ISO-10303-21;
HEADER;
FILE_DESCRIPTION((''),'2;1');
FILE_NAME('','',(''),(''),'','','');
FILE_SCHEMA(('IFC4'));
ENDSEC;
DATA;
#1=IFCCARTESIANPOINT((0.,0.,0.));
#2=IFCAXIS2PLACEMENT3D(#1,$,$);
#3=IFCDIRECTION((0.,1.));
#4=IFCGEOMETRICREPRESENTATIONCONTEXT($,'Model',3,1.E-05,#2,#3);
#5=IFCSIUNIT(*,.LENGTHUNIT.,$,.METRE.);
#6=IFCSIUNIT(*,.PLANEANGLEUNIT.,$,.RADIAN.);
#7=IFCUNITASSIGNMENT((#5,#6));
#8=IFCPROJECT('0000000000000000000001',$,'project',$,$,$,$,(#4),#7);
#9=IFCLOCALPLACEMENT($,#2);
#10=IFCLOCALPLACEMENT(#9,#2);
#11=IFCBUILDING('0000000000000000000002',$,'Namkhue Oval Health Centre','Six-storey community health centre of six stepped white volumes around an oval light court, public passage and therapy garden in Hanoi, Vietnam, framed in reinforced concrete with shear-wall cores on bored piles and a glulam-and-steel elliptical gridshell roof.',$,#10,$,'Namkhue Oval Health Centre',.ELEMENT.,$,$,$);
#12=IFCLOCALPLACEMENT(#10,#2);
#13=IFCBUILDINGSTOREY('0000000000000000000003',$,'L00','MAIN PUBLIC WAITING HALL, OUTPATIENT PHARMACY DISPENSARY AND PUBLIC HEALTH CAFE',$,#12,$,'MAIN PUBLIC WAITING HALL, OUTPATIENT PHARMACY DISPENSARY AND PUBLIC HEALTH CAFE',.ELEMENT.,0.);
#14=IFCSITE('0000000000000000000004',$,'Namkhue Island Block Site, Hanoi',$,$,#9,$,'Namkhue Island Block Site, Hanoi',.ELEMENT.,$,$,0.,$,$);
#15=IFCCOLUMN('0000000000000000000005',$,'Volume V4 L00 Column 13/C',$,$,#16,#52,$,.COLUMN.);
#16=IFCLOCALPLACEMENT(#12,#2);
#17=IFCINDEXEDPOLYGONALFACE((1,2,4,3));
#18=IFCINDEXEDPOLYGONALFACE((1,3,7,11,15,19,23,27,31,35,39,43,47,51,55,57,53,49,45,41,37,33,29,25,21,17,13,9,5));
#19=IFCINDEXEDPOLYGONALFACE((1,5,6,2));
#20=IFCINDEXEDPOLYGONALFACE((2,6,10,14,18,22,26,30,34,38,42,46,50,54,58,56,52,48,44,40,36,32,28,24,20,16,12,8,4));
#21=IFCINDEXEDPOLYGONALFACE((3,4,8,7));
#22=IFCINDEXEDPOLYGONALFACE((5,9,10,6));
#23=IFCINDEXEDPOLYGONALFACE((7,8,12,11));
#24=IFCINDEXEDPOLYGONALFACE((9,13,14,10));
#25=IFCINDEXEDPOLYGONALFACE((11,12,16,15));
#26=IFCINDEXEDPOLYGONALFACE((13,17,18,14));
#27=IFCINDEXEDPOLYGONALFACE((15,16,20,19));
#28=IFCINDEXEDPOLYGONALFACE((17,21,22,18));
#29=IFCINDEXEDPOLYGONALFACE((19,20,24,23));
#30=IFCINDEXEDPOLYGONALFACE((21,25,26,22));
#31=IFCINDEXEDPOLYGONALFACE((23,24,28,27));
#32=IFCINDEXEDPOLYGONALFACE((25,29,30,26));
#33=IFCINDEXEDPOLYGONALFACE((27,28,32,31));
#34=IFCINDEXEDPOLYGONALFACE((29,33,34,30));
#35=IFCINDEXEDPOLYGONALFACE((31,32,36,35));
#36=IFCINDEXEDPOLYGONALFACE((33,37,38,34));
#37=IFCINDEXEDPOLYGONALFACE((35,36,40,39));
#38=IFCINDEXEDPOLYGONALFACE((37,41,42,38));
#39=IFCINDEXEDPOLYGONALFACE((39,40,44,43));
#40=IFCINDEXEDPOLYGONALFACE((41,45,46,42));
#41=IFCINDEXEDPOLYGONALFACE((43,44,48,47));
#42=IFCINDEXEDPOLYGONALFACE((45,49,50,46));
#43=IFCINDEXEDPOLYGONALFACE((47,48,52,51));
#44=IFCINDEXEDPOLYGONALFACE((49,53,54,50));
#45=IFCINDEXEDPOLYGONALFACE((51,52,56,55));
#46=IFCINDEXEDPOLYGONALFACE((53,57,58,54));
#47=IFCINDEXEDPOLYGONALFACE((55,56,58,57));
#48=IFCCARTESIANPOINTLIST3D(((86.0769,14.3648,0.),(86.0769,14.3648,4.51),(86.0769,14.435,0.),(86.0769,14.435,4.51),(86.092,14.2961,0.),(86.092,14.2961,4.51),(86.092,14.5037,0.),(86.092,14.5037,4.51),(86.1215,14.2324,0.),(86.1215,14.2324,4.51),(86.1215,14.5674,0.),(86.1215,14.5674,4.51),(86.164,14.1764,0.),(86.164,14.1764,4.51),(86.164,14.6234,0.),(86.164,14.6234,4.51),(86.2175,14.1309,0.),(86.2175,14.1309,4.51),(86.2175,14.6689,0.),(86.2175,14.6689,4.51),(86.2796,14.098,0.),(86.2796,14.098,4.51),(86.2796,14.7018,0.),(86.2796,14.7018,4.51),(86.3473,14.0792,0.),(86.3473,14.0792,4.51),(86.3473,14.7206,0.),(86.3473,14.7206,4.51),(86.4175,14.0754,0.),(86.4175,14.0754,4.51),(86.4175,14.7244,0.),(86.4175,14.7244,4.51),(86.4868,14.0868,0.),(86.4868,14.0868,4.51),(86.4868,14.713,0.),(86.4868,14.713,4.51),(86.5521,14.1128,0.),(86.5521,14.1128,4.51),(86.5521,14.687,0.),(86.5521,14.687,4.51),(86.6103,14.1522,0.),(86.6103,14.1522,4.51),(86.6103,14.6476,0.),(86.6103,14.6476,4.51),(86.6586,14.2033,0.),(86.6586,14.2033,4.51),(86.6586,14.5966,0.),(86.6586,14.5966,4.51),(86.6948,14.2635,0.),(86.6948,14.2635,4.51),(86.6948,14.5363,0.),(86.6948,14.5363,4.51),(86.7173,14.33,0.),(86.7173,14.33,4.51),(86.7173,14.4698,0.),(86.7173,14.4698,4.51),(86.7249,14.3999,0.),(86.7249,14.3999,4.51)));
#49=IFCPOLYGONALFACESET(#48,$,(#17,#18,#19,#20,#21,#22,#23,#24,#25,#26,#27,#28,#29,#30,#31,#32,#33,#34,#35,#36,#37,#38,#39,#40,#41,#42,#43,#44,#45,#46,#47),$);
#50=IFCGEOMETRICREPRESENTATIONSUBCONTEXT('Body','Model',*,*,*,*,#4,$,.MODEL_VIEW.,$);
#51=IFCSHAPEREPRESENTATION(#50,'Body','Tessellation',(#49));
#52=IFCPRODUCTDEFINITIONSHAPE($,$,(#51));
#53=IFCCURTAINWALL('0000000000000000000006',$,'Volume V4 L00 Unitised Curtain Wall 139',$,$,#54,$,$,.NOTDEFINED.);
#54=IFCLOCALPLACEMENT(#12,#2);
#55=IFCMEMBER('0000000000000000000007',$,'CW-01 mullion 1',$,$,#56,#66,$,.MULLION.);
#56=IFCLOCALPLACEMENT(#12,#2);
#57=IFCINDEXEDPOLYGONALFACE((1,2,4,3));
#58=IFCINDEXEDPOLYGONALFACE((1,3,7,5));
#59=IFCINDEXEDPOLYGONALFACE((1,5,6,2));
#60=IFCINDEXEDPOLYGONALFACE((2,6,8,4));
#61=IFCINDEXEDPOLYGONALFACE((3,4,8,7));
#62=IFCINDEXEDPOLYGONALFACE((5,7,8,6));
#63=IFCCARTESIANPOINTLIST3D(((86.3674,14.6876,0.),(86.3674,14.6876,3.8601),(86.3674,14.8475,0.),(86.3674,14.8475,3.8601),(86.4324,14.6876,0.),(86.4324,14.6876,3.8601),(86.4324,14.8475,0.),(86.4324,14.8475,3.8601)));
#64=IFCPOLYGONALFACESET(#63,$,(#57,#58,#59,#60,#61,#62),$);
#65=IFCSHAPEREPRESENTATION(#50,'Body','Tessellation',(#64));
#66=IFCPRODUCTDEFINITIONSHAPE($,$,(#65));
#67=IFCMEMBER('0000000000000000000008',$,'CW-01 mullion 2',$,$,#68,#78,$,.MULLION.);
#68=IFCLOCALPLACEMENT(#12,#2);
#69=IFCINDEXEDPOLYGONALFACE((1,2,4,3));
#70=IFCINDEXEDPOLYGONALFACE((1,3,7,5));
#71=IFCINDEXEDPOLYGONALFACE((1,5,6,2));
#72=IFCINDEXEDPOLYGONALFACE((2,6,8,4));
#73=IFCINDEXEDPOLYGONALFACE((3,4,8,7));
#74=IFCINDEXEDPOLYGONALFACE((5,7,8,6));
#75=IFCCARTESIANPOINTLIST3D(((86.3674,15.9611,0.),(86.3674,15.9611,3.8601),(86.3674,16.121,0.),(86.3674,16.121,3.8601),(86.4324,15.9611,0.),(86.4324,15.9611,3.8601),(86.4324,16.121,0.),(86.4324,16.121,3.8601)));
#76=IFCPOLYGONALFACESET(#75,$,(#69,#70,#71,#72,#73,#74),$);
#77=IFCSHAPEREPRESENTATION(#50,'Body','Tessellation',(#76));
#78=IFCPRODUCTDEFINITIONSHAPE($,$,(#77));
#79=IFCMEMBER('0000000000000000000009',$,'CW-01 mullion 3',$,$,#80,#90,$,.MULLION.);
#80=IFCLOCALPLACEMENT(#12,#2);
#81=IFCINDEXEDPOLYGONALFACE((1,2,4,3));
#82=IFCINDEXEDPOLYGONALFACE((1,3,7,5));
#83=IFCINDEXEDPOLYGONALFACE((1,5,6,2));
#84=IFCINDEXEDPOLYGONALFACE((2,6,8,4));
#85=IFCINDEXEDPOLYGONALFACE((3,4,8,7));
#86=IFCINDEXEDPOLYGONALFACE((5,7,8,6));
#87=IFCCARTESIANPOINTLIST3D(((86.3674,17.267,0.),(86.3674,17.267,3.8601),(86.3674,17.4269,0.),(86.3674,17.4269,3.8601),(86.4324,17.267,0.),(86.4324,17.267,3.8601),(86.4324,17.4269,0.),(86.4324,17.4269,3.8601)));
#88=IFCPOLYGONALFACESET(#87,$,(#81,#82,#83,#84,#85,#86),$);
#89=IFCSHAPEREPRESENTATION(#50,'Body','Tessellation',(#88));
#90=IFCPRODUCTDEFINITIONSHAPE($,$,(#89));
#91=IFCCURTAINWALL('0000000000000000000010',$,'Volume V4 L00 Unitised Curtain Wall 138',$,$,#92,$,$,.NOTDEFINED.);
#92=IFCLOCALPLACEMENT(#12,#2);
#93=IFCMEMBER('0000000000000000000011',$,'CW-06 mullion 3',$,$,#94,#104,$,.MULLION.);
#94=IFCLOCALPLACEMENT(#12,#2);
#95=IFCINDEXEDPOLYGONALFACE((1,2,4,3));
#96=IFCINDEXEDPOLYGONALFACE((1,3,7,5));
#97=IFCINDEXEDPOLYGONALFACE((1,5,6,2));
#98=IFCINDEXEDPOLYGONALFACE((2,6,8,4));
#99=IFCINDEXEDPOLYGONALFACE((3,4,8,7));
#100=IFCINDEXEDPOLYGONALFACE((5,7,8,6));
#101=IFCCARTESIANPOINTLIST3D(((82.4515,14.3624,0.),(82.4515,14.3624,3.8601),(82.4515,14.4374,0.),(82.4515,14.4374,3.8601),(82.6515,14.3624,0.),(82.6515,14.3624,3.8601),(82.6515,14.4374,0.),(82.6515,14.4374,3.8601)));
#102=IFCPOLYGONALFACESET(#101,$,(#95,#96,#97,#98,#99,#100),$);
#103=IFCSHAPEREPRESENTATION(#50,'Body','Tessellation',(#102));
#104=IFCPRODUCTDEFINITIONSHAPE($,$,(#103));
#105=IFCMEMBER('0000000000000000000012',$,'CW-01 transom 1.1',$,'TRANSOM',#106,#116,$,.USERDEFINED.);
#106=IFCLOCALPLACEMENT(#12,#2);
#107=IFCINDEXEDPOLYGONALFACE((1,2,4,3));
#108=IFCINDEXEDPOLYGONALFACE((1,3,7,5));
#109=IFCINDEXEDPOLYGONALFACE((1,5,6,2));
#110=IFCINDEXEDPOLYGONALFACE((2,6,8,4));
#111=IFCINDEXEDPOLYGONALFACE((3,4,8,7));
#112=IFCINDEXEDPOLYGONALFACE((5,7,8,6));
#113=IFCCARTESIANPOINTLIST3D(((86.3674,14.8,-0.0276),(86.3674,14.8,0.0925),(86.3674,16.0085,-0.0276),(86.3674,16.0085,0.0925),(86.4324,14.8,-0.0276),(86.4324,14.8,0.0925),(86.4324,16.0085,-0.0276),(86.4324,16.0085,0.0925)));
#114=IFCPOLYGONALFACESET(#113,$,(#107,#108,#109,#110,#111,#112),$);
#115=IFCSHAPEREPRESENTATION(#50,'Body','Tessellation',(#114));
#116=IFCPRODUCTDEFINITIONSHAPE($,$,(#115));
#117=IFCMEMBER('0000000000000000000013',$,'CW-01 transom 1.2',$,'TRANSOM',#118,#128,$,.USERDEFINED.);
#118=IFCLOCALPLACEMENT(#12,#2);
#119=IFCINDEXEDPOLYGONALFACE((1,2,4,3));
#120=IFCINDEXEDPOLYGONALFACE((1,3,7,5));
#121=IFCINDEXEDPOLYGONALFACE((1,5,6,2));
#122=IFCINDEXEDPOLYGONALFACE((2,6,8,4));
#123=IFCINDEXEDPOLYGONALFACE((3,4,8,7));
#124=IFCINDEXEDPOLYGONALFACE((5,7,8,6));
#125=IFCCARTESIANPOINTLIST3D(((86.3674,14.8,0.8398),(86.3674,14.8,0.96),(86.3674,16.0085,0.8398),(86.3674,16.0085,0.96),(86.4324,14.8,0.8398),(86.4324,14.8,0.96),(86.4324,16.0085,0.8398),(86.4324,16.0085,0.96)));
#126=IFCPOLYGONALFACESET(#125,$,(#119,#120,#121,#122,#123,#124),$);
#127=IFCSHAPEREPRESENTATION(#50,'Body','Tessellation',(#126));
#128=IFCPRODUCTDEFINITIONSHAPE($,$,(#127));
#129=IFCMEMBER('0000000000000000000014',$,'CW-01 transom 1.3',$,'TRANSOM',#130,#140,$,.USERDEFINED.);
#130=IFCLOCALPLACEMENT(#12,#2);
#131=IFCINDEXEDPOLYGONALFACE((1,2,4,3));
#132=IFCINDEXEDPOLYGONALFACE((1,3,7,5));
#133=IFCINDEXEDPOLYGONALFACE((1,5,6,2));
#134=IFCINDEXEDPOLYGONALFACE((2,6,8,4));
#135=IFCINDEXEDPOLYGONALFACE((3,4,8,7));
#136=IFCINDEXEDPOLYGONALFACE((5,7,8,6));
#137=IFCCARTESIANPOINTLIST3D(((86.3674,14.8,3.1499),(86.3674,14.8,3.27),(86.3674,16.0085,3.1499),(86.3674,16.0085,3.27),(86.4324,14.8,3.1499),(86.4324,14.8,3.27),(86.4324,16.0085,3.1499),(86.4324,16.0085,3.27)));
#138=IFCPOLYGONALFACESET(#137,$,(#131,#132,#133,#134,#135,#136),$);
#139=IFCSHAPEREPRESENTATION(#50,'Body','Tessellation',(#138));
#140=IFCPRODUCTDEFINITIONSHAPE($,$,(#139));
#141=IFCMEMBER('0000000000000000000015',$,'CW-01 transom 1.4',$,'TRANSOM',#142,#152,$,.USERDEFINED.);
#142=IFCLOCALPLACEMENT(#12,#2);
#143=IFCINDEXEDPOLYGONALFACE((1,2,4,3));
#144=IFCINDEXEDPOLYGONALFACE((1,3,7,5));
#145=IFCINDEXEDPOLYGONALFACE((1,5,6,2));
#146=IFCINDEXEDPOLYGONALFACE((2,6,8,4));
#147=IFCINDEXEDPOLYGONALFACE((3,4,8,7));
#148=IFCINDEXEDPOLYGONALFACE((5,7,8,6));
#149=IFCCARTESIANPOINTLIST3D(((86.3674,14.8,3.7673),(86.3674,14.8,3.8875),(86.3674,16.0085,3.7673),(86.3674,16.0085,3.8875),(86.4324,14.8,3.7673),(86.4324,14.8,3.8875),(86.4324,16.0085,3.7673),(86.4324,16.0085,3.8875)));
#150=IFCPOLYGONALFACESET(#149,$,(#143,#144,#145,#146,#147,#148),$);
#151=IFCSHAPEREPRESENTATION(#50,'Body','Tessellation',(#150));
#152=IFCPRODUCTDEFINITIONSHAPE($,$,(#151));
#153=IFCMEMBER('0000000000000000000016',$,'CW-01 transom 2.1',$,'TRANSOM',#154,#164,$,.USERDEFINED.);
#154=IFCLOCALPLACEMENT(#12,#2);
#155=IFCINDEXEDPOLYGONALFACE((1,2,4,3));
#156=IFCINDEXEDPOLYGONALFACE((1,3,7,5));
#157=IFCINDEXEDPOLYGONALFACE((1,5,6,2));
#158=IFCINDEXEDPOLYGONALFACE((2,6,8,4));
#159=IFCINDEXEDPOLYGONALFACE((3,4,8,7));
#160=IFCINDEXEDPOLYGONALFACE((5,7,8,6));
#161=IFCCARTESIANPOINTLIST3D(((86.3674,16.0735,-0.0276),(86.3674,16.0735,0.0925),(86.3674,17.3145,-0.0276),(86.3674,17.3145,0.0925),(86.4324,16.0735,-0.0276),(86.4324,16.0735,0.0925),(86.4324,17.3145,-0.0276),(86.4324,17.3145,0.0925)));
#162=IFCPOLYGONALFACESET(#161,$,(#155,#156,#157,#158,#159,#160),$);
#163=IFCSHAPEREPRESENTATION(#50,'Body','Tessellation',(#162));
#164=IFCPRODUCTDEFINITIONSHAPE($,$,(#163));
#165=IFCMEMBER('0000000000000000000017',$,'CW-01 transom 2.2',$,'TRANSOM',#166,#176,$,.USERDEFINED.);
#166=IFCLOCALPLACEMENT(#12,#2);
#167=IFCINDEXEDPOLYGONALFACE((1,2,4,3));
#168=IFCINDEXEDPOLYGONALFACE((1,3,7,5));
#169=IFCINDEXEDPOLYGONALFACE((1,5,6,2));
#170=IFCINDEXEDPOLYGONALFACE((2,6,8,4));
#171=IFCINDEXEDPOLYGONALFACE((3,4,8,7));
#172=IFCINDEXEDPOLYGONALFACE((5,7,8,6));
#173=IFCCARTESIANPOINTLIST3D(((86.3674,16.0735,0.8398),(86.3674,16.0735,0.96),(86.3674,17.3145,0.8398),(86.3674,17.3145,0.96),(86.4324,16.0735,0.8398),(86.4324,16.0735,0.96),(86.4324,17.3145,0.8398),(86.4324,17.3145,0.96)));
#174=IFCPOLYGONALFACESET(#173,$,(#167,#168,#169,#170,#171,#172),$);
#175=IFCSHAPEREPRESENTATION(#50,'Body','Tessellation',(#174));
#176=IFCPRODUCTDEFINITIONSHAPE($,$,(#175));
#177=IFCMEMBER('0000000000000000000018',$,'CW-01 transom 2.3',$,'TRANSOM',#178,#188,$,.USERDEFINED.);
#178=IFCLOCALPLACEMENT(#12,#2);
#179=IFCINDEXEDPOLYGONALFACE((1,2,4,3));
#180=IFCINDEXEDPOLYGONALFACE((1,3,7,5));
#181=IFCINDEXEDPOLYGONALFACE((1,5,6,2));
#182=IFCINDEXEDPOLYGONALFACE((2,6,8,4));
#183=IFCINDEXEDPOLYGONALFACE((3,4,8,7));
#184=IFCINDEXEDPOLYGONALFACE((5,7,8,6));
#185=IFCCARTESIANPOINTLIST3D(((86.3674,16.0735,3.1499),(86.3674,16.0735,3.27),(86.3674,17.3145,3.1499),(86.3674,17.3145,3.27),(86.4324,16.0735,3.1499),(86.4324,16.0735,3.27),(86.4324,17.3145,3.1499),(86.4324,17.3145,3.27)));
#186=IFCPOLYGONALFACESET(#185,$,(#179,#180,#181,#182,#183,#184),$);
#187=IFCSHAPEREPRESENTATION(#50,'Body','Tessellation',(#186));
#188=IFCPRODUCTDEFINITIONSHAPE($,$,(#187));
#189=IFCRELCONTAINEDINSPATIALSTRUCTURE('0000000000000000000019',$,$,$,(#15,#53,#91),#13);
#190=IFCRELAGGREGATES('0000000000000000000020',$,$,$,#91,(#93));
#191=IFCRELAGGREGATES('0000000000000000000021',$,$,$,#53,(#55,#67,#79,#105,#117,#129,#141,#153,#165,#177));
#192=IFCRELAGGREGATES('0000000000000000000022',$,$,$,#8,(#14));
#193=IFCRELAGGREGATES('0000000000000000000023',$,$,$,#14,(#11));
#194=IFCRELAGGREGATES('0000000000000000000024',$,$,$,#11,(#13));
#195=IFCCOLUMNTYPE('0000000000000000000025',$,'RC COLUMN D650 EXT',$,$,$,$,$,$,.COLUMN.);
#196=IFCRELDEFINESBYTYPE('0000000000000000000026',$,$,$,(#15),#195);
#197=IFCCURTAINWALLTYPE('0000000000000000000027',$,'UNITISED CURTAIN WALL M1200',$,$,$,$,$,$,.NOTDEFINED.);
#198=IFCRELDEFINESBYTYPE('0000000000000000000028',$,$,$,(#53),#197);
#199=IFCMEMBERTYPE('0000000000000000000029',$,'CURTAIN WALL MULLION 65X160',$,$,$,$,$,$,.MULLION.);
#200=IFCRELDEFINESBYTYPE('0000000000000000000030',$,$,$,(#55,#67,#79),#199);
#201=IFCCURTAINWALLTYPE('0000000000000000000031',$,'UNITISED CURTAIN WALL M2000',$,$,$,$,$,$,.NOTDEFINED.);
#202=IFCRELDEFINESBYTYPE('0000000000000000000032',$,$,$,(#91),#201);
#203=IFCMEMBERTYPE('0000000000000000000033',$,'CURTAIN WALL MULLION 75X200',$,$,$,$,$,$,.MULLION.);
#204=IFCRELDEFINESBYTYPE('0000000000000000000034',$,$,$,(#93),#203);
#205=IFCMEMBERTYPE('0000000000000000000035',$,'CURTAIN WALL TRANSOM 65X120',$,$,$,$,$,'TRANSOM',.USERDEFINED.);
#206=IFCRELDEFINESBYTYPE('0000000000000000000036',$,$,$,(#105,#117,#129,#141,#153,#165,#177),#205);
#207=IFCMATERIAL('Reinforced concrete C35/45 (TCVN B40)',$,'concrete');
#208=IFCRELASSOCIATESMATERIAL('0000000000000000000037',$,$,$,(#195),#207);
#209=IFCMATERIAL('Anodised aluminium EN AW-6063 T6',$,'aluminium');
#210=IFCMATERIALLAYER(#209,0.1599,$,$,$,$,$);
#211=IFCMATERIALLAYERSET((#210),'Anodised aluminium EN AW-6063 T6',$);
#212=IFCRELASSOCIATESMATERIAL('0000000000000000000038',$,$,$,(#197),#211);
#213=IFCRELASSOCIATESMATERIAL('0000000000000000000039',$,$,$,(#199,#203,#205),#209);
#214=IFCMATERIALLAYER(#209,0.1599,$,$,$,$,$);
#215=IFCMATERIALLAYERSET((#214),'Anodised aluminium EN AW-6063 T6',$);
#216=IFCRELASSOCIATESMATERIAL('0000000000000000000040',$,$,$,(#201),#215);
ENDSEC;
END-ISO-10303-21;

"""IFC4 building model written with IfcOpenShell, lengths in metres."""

from ifc_helpers import new_model, si_unit, direction, frame, origin, origin_2d, place, context, subcontext, project, spatial, rectangle, circle, extrude, material, layer, layer_set, material_profile, profile_set, type_object, element, aggregate, save


model = new_model("IFC4")

# Units and contexts
model_context = context("Model", 3, precision=1e-05, world=origin(), true_north=direction((0.0, 1.0)))
body_context = subcontext(model_context, "Body", "Model", "MODEL_VIEW")
ifc_project = project(units=[si_unit("LENGTHUNIT", "METRE"), si_unit("PLANEANGLEUNIT", "RADIAN")], contexts=[model_context])

# Site, building, storey
site_placement = place(None, origin())
site = spatial("IfcSite", under=ifc_project, at=site_placement, Name="Namkhue Island Block Site, Hanoi", LongName="Namkhue Island Block Site, Hanoi", CompositionType="ELEMENT", RefElevation=0.0)
building_placement = place(site_placement, origin())
building = spatial("IfcBuilding", under=site, at=building_placement, Name="Namkhue Oval Health Centre", Description="Six-storey community health centre of six stepped white volumes around an oval light court, public passage and therapy garden in Hanoi, Vietnam, framed in reinforced concrete with shear-wall cores on bored piles and a glulam-and-steel elliptical gridshell roof.", LongName="Namkhue Oval Health Centre", CompositionType="ELEMENT")
storey_placement = place(building_placement, origin())
storey = spatial("IfcBuildingStorey", under=building, at=storey_placement, Name="L00", Description="MAIN PUBLIC WAITING HALL, OUTPATIENT PHARMACY DISPENSARY AND PUBLIC HEALTH CAFE", LongName="MAIN PUBLIC WAITING HALL, OUTPATIENT PHARMACY DISPENSARY AND PUBLIC HEALTH CAFE", CompositionType="ELEMENT", Elevation=0.0)

# Column
ifc_material_1 = material(Name="Reinforced concrete C35/45 (TCVN B40)", Category="concrete")
ifc_material_profile_1 = material_profile(ifc_material_1, circle(Radius=0.325, at=origin_2d()), Name="RC D650")
ifc_profile_set_1 = profile_set([ifc_material_profile_1], Name="Reinforced concrete C35/45 (TCVN B40)")
column_type_1 = type_object("IfcColumnType", Name="RC COLUMN D650 EXT", PredefinedType="COLUMN", material=ifc_profile_set_1)
column_1_placement = place(storey_placement, frame((86.3999, 14.3999, 0.0), z_axis=(0.0, 0.0, 1.0), x_axis=(1.0, 0.0, 0.0)))
element("IfcColumn", 1, at=column_1_placement, inside=storey, type_object=column_type_1, Name="Volume V4 L00 Column 13/C", PredefinedType="COLUMN", context=body_context, shape_type="SweptSolid", body=[
    extrude(circle(Radius=0.325, at=origin_2d()), origin(), (0.0, 0.0, 1.0), 4.51),
])

# Curtain wall, members
ifc_material_2 = material(Name="Anodised aluminium EN AW-6063 T6", Category="aluminium")
ifc_layer_1 = layer(ifc_material_2, 0.1599)
ifc_layer_set_1 = layer_set([ifc_layer_1], Name="Anodised aluminium EN AW-6063 T6")
curtain_wall_type_1 = type_object("IfcCurtainWallType", Name="UNITISED CURTAIN WALL M1200", PredefinedType="NOTDEFINED", material=ifc_layer_set_1)
curtain_wall_1_placement = place(storey_placement, origin())
curtain_wall_1 = element("IfcCurtainWall", 2, at=curtain_wall_1_placement, inside=storey, type_object=curtain_wall_type_1, Name="Volume V4 L00 Unitised Curtain Wall 139", PredefinedType="NOTDEFINED")
ifc_material_profile_2 = material_profile(ifc_material_2, rectangle(XDim=0.0649, YDim=0.1599, at=origin_2d()), Name="ALU 65x160")
ifc_profile_set_2 = profile_set([ifc_material_profile_2], Name="Anodised aluminium EN AW-6063 T6")
member_type_1 = type_object("IfcMemberType", Name="CURTAIN WALL MULLION 65X160", PredefinedType="MULLION", material=ifc_profile_set_2)
member_1_placement = place(storey_placement, frame((86.3999, 14.7676, 0.0), z_axis=(0.0, 0.0, 1.0), x_axis=(-1.0, 0.0, 0.0)))
member_1 = element("IfcMember", 3, at=member_1_placement, type_object=member_type_1, Name="CW-01 mullion 1", PredefinedType="MULLION", context=body_context, shape_type="SweptSolid", body=[
    extrude(rectangle(XDim=0.0649, YDim=0.1599, at=origin_2d()), origin(), (0.0, 0.0, 1.0), 3.8601),
])
member_2_placement = place(storey_placement, frame((86.3999, 16.041, 0.0), z_axis=(0.0, 0.0, 1.0), x_axis=(-1.0, 0.0, 0.0)))
member_2 = element("IfcMember", 4, at=member_2_placement, type_object=member_type_1, Name="CW-01 mullion 2", PredefinedType="MULLION", context=body_context, shape_type="SweptSolid", body=[
    extrude(rectangle(XDim=0.0649, YDim=0.1599, at=origin_2d()), origin(), (0.0, 0.0, 1.0), 3.8601),
])
member_3_placement = place(storey_placement, frame((86.3999, 17.3469, 0.0), z_axis=(0.0, 0.0, 1.0), x_axis=(-1.0, 0.0, 0.0)))
member_3 = element("IfcMember", 5, at=member_3_placement, type_object=member_type_1, Name="CW-01 mullion 3", PredefinedType="MULLION", context=body_context, shape_type="SweptSolid", body=[
    extrude(rectangle(XDim=0.0649, YDim=0.1599, at=origin_2d()), origin(), (0.0, 0.0, 1.0), 3.8601),
])

# Curtain wall, member
ifc_layer_2 = layer(ifc_material_2, 0.1599)
ifc_layer_set_2 = layer_set([ifc_layer_2], Name="Anodised aluminium EN AW-6063 T6")
curtain_wall_type_2 = type_object("IfcCurtainWallType", Name="UNITISED CURTAIN WALL M2000", PredefinedType="NOTDEFINED", material=ifc_layer_set_2)
curtain_wall_2_placement = place(storey_placement, origin())
curtain_wall_2 = element("IfcCurtainWall", 6, at=curtain_wall_2_placement, inside=storey, type_object=curtain_wall_type_2, Name="Volume V4 L00 Unitised Curtain Wall 138", PredefinedType="NOTDEFINED")
ifc_material_profile_3 = material_profile(ifc_material_2, rectangle(XDim=0.075, YDim=0.2, at=origin_2d()), Name="ALU 75x200")
ifc_profile_set_3 = profile_set([ifc_material_profile_3], Name="Anodised aluminium EN AW-6063 T6")
member_type_2 = type_object("IfcMemberType", Name="CURTAIN WALL MULLION 75X200", PredefinedType="MULLION", material=ifc_profile_set_3)
member_4_placement = place(storey_placement, frame((82.5515, 14.3999, 0.0), z_axis=(0.0, 0.0, 1.0), x_axis=(0.0, 1.0, 0.0)))
member_4 = element("IfcMember", 7, at=member_4_placement, type_object=member_type_2, Name="CW-06 mullion 3", PredefinedType="MULLION", context=body_context, shape_type="SweptSolid", body=[
    extrude(rectangle(XDim=0.075, YDim=0.2, at=origin_2d()), origin(), (0.0, 0.0, 1.0), 3.8601),
])

# Members
ifc_material_profile_4 = material_profile(ifc_material_2, rectangle(XDim=0.0649, YDim=0.1201, at=origin_2d()), Name="ALU 65x120")
ifc_profile_set_4 = profile_set([ifc_material_profile_4], Name="Anodised aluminium EN AW-6063 T6")
member_type_3 = type_object("IfcMemberType", Name="CURTAIN WALL TRANSOM 65X120", ElementType="TRANSOM", PredefinedType="USERDEFINED", material=ifc_profile_set_4)
member_5_placement = place(storey_placement, frame((86.3999, 14.8, 0.0325), z_axis=(0.0, 1.0, 0.0), x_axis=(-1.0, 0.0, 0.0)))
member_5 = element("IfcMember", 8, at=member_5_placement, type_object=member_type_3, Name="CW-01 transom 1.1", ObjectType="TRANSOM", PredefinedType="USERDEFINED", context=body_context, shape_type="SweptSolid", body=[
    extrude(rectangle(XDim=0.0649, YDim=0.1201, at=origin_2d()), origin(), (0.0, 0.0, 1.0), 1.2085),
])
member_6_placement = place(storey_placement, frame((86.3999, 14.8, 0.8999), z_axis=(0.0, 1.0, 0.0), x_axis=(-1.0, 0.0, 0.0)))
member_6 = element("IfcMember", 9, at=member_6_placement, type_object=member_type_3, Name="CW-01 transom 1.2", ObjectType="TRANSOM", PredefinedType="USERDEFINED", context=body_context, shape_type="SweptSolid", body=[
    extrude(rectangle(XDim=0.0649, YDim=0.1201, at=origin_2d()), origin(), (0.0, 0.0, 1.0), 1.2085),
])
member_7_placement = place(storey_placement, frame((86.3999, 14.8, 3.21), z_axis=(0.0, 1.0, 0.0), x_axis=(-1.0, 0.0, 0.0)))
member_7 = element("IfcMember", 10, at=member_7_placement, type_object=member_type_3, Name="CW-01 transom 1.3", ObjectType="TRANSOM", PredefinedType="USERDEFINED", context=body_context, shape_type="SweptSolid", body=[
    extrude(rectangle(XDim=0.0649, YDim=0.1201, at=origin_2d()), origin(), (0.0, 0.0, 1.0), 1.2085),
])
member_8_placement = place(storey_placement, frame((86.3999, 14.8, 3.8274), z_axis=(0.0, 1.0, 0.0), x_axis=(-1.0, 0.0, 0.0)))
member_8 = element("IfcMember", 11, at=member_8_placement, type_object=member_type_3, Name="CW-01 transom 1.4", ObjectType="TRANSOM", PredefinedType="USERDEFINED", context=body_context, shape_type="SweptSolid", body=[
    extrude(rectangle(XDim=0.0649, YDim=0.1201, at=origin_2d()), origin(), (0.0, 0.0, 1.0), 1.2085),
])
member_9_placement = place(storey_placement, frame((86.3999, 16.0735, 0.0325), z_axis=(0.0, 1.0, 0.0), x_axis=(-1.0, 0.0, 0.0)))
member_9 = element("IfcMember", 12, at=member_9_placement, type_object=member_type_3, Name="CW-01 transom 2.1", ObjectType="TRANSOM", PredefinedType="USERDEFINED", context=body_context, shape_type="SweptSolid", body=[
    extrude(rectangle(XDim=0.0649, YDim=0.1201, at=origin_2d()), origin(), (0.0, 0.0, 1.0), 1.241),
])
member_10_placement = place(storey_placement, frame((86.3999, 16.0735, 0.8999), z_axis=(0.0, 1.0, 0.0), x_axis=(-1.0, 0.0, 0.0)))
member_10 = element("IfcMember", 13, at=member_10_placement, type_object=member_type_3, Name="CW-01 transom 2.2", ObjectType="TRANSOM", PredefinedType="USERDEFINED", context=body_context, shape_type="SweptSolid", body=[
    extrude(rectangle(XDim=0.0649, YDim=0.1201, at=origin_2d()), origin(), (0.0, 0.0, 1.0), 1.241),
])
member_11_placement = place(storey_placement, frame((86.3999, 16.0735, 3.21), z_axis=(0.0, 1.0, 0.0), x_axis=(-1.0, 0.0, 0.0)))
member_11 = element("IfcMember", 14, at=member_11_placement, type_object=member_type_3, Name="CW-01 transom 2.3", ObjectType="TRANSOM", PredefinedType="USERDEFINED", context=body_context, shape_type="SweptSolid", body=[
    extrude(rectangle(XDim=0.0649, YDim=0.1201, at=origin_2d()), origin(), (0.0, 0.0, 1.0), 1.241),
])

aggregate(curtain_wall_2, [member_4])
aggregate(curtain_wall_1, [member_1, member_2, member_3, member_5, member_6, member_7, member_8, member_9, member_10, member_11])

save(model, "model.ifc")
